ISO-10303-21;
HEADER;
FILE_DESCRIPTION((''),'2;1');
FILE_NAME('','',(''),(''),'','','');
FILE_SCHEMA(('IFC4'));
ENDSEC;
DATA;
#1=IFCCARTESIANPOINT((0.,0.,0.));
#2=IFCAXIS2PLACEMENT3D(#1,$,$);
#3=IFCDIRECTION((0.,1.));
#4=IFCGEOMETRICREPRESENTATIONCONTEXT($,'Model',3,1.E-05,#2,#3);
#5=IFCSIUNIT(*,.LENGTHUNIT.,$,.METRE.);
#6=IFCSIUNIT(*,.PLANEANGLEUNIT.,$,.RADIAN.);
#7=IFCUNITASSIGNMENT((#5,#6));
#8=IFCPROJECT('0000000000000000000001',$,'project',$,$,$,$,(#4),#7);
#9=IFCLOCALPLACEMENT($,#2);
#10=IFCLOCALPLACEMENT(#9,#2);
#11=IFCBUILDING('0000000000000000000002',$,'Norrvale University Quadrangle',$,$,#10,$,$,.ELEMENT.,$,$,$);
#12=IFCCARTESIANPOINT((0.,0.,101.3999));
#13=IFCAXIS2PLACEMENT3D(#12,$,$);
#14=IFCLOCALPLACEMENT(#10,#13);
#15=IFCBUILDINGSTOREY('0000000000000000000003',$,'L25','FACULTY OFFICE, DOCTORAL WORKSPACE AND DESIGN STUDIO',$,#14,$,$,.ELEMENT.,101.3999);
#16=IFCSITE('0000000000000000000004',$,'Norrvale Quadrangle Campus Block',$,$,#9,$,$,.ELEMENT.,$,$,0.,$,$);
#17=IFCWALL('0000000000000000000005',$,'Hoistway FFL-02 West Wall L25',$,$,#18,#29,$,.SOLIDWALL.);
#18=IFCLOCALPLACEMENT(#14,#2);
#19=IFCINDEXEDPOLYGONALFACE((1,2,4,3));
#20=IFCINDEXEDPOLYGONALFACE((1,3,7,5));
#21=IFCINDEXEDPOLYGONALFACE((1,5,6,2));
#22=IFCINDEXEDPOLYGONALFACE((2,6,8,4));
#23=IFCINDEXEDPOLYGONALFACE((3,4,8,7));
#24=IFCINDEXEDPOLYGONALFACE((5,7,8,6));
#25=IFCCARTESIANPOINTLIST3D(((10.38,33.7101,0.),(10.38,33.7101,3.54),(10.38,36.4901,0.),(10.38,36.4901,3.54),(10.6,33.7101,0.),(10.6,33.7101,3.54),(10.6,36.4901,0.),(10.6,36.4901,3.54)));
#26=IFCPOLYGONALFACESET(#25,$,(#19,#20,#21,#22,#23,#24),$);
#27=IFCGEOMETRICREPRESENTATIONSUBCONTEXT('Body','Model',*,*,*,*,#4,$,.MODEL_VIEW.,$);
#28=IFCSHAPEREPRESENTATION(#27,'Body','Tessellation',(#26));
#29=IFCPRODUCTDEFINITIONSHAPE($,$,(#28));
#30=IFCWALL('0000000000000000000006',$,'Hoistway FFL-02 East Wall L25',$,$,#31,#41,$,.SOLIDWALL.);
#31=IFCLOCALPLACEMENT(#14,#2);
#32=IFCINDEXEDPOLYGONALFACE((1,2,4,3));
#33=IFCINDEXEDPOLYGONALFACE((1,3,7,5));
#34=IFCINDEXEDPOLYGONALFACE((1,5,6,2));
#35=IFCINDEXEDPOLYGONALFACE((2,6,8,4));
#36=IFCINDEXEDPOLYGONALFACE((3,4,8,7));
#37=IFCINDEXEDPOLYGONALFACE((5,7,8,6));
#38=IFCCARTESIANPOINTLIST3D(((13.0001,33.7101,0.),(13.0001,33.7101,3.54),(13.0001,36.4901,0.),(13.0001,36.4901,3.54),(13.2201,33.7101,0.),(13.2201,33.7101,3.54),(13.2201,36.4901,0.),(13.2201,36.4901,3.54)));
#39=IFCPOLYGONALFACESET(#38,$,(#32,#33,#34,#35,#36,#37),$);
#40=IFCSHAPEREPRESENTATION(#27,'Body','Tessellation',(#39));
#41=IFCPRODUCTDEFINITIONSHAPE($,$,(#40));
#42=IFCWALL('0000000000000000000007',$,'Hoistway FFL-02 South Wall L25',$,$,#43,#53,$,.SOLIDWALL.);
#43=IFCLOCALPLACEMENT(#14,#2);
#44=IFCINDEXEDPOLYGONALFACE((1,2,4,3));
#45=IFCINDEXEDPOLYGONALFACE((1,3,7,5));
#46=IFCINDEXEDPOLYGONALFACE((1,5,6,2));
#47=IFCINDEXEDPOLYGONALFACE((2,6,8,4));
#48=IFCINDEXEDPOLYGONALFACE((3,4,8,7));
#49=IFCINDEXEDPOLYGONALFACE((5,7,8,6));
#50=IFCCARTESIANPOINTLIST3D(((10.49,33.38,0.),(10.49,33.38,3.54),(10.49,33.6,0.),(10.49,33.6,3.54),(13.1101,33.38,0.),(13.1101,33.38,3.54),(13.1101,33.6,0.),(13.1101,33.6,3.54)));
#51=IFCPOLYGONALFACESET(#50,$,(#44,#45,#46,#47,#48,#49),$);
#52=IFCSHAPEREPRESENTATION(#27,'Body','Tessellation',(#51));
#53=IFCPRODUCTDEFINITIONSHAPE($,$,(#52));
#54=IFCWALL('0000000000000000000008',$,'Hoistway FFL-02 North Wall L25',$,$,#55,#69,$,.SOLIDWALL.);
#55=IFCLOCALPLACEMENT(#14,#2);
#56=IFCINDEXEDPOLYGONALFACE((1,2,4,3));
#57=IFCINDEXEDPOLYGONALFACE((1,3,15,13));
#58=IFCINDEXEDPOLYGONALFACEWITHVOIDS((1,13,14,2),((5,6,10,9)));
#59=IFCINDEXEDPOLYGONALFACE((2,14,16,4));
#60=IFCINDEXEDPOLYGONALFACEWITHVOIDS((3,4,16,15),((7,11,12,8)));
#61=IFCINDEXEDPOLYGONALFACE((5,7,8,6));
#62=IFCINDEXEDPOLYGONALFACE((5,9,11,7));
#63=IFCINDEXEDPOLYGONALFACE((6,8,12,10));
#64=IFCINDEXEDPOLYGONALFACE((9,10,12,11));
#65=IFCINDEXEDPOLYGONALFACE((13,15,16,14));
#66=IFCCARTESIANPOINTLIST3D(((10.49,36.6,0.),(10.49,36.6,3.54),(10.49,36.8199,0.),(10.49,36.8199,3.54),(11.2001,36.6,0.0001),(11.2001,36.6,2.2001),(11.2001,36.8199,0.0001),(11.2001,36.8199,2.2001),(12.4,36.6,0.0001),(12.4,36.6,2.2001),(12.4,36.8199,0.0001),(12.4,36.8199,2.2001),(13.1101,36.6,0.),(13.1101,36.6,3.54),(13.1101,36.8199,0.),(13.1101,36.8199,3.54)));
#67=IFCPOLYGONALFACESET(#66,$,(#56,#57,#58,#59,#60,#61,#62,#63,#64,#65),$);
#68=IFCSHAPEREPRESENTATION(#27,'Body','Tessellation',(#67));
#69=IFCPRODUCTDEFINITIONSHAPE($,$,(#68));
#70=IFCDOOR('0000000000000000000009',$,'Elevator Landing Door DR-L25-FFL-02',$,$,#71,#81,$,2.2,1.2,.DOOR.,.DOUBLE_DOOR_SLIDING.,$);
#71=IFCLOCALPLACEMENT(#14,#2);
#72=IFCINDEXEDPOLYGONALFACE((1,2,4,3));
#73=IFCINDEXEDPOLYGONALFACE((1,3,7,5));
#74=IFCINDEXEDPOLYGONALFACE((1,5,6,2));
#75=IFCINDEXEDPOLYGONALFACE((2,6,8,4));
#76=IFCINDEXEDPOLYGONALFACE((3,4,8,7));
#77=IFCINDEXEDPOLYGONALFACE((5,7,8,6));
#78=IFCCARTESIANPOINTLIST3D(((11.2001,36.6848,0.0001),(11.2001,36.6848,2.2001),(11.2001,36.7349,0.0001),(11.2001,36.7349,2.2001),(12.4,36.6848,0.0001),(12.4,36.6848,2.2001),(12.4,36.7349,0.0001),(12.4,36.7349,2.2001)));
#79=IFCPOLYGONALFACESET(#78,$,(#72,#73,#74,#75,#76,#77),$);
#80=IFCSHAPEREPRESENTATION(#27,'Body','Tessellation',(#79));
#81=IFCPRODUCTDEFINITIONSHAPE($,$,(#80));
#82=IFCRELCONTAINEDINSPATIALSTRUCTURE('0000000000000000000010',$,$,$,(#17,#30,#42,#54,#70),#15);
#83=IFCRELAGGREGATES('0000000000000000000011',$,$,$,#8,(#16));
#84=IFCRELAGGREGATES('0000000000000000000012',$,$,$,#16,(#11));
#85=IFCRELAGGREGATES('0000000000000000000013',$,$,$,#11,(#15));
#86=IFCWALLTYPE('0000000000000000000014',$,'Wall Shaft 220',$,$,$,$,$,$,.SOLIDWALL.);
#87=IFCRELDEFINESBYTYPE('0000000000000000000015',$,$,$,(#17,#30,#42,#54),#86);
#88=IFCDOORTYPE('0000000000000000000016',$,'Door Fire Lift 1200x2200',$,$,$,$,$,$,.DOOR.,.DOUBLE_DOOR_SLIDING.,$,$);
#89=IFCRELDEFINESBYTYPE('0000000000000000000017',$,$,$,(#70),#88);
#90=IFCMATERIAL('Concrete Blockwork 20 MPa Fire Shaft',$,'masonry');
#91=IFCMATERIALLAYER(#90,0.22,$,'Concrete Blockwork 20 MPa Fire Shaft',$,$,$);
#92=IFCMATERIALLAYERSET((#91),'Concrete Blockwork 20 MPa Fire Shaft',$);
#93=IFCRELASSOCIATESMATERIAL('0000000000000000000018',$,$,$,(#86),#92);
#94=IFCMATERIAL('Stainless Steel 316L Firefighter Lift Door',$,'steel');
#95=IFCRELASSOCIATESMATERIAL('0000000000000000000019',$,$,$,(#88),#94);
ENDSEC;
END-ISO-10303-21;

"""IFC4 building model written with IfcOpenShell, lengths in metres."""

from ifc_helpers import new_model, si_unit, direction, frame, frame_2d, origin, place, context, subcontext, project, spatial, rectangle, extrude, material, layer, layer_set, type_object, element, fill, save


model = new_model("IFC4")

# Units and contexts
model_context = context("Model", 3, precision=1e-05, world=origin(), true_north=direction((0.0, 1.0)))
body_context = subcontext(model_context, "Body", "Model", "MODEL_VIEW")
ifc_project = project(units=[si_unit("LENGTHUNIT", "METRE"), si_unit("PLANEANGLEUNIT", "RADIAN")], contexts=[model_context])

# Site, building, storey
site_placement = place(None, origin())
site = spatial("IfcSite", under=ifc_project, at=site_placement, Name="Norrvale Quadrangle Campus Block", CompositionType="ELEMENT", RefElevation=0.0)
building_placement = place(site_placement, origin())
building = spatial("IfcBuilding", under=site, at=building_placement, Name="Norrvale University Quadrangle", CompositionType="ELEMENT")
storey_placement = place(building_placement, frame((0.0, 0.0, 101.3999)))
storey = spatial("IfcBuildingStorey", under=building, at=storey_placement, Name="L25", Description="FACULTY OFFICE, DOCTORAL WORKSPACE AND DESIGN STUDIO", CompositionType="ELEMENT", Elevation=101.3999)

# Shared definitions
ifc_material_1 = material(Name="Concrete Blockwork 20 MPa Fire Shaft", Category="masonry")
ifc_layer_1 = layer(ifc_material_1, 0.22, Name="Concrete Blockwork 20 MPa Fire Shaft")
ifc_layer_set_1 = layer_set([ifc_layer_1], Name="Concrete Blockwork 20 MPa Fire Shaft")
wall_type_1 = type_object("IfcWallType", Name="Wall Shaft 220", PredefinedType="SOLIDWALL", material=ifc_layer_set_1)

# Shared definitions
ifc_material_2 = material(Name="Stainless Steel 316L Firefighter Lift Door", Category="steel")
door_type_1 = type_object("IfcDoorType", Name="Door Fire Lift 1200x2200", OperationType="DOUBLE_DOOR_SLIDING", PredefinedType="DOOR", material=ifc_material_2)

# Walls
for number, where, z_axis, x_axis, name in (
    (1, (10.49, 33.71, 0.0), (0.0, 0.0, 1.0), (0.0, 1.0, 0.0), "Hoistway FFL-02 West Wall L25"),
    (2, (13.1101, 33.71, 0.0), (0.0, 0.0, 1.0), (0.0, 1.0, 0.0), "Hoistway FFL-02 East Wall L25"),
):
    element("IfcWall", number, at=place(storey_placement, frame(where, z_axis=z_axis, x_axis=x_axis)), inside=storey, type_object=wall_type_1, Name=name, PredefinedType="SOLIDWALL", context=body_context, shape_type="SweptSolid", body=[
        extrude(rectangle(XDim=2.78, YDim=0.22, at=frame_2d((1.3901, 0.0))), origin(), (0.0, 0.0, 1.0), 3.54),
    ])
wall_1_placement = place(storey_placement, frame((10.49, 33.49, 0.0), z_axis=(0.0, 0.0, 1.0), x_axis=(1.0, 0.0, 0.0)))
element("IfcWall", 3, at=wall_1_placement, inside=storey, type_object=wall_type_1, Name="Hoistway FFL-02 South Wall L25", PredefinedType="SOLIDWALL", context=body_context, shape_type="SweptSolid", body=[
    extrude(rectangle(XDim=2.6201, YDim=0.22, at=frame_2d((1.3101, 0.0))), origin(), (0.0, 0.0, 1.0), 3.54),
])

# Wall, opening, door
wall_2_placement = place(storey_placement, frame((10.49, 36.71, 0.0), z_axis=(0.0, 0.0, 1.0), x_axis=(1.0, 0.0, 0.0)))
wall_2 = element("IfcWall", 4, at=wall_2_placement, inside=storey, type_object=wall_type_1, Name="Hoistway FFL-02 North Wall L25", PredefinedType="SOLIDWALL", context=body_context, shape_type="SweptSolid", body=[
    extrude(rectangle(XDim=2.6201, YDim=0.22, at=frame_2d((1.3101, 0.0))), origin(), (0.0, 0.0, 1.0), 3.54),
])
opening_1_placement = place(wall_2_placement, frame((0.71, 0.0, 0.0)))
opening_1 = element("IfcOpeningElement", 5, at=opening_1_placement, cuts=wall_2, PredefinedType="OPENING", context=body_context, shape_type="SweptSolid", body=[
    extrude(rectangle(XDim=1.2, YDim=2.2, at=frame_2d((0.6001, 1.1001))), frame((0.0, 0.1221, 0.0), z_axis=(0.0, -1.0, 0.0), x_axis=(1.0, 0.0, 0.0)), (0.0, 0.0, 1.0), 0.2439),
])
door_1_placement = place(opening_1_placement, origin())
door_1 = element("IfcDoor", 6, at=door_1_placement, inside=storey, type_object=door_type_1, Name="Elevator Landing Door DR-L25-FFL-02", OperationType="DOUBLE_DOOR_SLIDING", OverallHeight=2.2, OverallWidth=1.2, PredefinedType="DOOR", context=body_context, shape_type="SweptSolid", body=[
    extrude(rectangle(XDim=1.2, YDim=2.2, at=frame_2d((0.6001, 1.1001))), frame((0.0, 0.0249, 0.0), z_axis=(0.0, -1.0, 0.0), x_axis=(1.0, 0.0, 0.0)), (0.0, 0.0, 1.0), 0.05),
])
fill(opening_1, door_1)

save(model, "model.ifc")
